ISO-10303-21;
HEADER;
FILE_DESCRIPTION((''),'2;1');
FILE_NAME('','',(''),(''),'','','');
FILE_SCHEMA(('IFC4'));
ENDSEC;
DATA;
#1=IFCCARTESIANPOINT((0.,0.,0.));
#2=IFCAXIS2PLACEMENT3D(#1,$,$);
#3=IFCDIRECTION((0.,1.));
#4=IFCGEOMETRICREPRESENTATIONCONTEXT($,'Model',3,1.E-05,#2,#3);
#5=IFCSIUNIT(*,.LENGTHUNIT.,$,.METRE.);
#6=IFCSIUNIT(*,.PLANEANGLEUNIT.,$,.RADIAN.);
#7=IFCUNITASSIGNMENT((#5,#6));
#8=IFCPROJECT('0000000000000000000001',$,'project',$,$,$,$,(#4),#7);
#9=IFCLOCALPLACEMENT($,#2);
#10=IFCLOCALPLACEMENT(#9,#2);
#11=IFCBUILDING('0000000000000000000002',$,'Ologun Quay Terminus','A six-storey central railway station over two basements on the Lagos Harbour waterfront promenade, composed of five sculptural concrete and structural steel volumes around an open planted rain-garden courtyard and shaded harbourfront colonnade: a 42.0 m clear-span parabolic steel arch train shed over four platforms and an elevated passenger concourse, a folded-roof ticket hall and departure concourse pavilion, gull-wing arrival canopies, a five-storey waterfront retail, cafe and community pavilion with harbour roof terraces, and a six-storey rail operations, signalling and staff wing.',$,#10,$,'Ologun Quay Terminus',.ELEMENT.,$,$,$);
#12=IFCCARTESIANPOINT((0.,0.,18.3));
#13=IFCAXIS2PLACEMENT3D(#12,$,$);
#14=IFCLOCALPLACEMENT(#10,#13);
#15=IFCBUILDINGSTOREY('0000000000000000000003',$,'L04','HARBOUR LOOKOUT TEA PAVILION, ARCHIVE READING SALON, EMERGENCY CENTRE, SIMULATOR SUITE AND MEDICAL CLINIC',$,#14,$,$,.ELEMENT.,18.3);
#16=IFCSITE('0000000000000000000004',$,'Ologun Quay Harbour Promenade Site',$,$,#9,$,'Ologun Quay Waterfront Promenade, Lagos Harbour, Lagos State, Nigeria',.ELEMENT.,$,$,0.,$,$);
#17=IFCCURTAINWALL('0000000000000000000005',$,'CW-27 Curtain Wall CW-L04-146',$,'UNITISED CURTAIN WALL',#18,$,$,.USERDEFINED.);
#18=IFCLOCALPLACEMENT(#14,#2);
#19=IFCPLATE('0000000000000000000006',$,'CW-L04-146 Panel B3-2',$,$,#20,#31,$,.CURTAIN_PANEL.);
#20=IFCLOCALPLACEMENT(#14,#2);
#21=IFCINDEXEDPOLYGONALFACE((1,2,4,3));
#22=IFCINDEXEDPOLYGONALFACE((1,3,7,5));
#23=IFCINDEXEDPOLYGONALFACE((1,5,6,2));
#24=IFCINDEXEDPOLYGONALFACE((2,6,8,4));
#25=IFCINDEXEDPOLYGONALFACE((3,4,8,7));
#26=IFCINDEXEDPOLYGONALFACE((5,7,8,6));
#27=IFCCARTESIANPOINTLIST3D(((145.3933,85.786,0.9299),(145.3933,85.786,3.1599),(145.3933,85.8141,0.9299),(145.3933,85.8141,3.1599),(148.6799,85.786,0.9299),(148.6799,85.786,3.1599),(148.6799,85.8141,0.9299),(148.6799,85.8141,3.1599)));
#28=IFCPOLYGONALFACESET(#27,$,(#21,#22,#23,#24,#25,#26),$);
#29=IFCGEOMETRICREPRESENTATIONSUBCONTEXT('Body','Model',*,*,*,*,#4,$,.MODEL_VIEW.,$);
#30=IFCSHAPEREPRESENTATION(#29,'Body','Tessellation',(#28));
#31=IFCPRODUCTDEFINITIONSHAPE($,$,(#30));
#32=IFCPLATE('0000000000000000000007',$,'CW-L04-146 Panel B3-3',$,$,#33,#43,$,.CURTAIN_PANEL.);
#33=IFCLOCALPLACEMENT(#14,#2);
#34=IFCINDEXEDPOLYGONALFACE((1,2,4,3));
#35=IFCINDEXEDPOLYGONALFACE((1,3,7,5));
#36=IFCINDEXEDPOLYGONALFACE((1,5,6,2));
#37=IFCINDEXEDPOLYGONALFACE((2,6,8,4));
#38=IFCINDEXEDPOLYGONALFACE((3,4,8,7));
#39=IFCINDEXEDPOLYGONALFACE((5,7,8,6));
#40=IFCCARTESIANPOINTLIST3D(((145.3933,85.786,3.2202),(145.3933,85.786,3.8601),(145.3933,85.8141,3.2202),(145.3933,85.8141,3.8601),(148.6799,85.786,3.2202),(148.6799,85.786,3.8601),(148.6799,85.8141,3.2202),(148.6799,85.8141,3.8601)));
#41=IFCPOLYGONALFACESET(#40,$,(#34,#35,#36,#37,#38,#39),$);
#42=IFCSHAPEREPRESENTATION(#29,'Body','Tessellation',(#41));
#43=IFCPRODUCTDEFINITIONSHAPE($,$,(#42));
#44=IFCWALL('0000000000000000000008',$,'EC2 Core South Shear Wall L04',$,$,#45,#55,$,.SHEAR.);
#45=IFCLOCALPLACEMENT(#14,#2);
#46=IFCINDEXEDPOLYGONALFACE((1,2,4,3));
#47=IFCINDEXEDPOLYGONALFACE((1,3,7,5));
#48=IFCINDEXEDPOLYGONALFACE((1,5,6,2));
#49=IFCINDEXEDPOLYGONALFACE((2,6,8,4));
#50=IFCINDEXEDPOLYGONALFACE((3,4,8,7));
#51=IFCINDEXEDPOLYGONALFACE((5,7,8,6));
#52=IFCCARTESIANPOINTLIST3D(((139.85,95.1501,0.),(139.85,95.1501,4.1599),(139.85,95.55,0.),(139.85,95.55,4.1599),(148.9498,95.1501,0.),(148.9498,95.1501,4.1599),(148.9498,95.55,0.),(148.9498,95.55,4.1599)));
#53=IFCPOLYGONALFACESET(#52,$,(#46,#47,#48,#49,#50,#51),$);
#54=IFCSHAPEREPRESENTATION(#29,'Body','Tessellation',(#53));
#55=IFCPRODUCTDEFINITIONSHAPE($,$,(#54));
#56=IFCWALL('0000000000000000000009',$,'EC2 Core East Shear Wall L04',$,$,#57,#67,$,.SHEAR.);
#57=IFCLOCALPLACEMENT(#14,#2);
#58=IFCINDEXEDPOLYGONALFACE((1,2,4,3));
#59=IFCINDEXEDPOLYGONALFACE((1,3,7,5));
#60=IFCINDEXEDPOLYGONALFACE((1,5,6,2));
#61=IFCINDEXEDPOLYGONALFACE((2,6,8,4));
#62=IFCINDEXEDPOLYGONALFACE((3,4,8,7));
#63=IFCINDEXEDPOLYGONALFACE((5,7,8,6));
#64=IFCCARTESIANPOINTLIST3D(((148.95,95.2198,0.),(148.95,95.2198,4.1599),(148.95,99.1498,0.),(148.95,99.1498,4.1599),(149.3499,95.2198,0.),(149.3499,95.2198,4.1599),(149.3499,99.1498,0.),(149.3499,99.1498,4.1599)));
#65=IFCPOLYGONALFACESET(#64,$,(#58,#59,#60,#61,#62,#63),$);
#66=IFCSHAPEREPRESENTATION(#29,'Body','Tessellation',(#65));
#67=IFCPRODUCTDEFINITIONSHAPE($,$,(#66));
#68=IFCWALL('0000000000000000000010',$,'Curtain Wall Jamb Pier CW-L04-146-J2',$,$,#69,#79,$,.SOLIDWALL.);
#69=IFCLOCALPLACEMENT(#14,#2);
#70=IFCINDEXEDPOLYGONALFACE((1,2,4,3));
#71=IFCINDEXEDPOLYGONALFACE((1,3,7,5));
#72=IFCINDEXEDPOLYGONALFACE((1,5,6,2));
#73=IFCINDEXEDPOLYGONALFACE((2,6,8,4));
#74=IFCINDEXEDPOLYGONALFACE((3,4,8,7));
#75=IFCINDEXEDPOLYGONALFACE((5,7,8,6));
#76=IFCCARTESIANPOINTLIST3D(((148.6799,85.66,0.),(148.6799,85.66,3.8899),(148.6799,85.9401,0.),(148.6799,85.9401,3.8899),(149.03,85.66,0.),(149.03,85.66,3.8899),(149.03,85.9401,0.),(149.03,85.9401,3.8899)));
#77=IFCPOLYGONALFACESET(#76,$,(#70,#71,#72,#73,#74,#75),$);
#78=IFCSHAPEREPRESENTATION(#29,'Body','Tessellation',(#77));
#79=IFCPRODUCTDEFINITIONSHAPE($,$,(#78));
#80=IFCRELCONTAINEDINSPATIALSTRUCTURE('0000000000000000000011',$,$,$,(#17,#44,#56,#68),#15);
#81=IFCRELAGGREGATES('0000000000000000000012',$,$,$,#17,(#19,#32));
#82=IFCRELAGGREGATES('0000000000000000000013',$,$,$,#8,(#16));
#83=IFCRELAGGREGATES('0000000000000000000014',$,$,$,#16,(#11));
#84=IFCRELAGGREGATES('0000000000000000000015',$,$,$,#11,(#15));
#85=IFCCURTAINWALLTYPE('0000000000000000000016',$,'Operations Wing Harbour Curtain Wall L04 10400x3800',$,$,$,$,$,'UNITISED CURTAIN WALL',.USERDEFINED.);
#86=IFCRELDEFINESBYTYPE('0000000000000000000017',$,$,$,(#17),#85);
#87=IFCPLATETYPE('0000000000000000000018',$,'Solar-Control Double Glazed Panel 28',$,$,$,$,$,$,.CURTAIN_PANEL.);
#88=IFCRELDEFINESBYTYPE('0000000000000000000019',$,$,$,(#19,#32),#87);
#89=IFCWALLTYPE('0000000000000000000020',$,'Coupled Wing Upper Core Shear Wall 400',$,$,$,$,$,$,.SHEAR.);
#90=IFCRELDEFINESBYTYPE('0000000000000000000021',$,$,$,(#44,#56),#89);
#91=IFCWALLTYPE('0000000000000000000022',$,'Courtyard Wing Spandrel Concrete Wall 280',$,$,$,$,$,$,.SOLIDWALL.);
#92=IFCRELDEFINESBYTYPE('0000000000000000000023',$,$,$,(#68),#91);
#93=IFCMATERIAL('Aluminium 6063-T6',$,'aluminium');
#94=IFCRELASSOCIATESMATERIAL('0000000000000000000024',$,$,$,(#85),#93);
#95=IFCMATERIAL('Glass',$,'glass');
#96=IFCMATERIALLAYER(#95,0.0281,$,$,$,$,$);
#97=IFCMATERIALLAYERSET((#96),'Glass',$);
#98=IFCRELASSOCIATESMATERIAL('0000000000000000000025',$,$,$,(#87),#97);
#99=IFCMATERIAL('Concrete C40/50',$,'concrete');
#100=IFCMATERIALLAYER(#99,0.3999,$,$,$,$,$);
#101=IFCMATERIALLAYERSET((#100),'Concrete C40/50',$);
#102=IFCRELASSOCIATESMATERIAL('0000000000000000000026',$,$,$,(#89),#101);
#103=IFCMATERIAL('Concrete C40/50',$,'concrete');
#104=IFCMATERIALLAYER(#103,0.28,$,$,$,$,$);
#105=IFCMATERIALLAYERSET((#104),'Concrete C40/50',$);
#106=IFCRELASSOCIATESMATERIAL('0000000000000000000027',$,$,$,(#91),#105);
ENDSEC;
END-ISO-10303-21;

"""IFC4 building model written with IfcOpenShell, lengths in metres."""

from ifc_helpers import new_model, si_unit, direction, frame, frame_2d, origin, origin_2d, place, context, subcontext, project, spatial, rectangle, extrude, material, layer, layer_set, type_object, element, aggregate, save


model = new_model("IFC4")

# Units and contexts
model_context = context("Model", 3, precision=1e-05, world=origin(), true_north=direction((0.0, 1.0)))
body_context = subcontext(model_context, "Body", "Model", "MODEL_VIEW")
ifc_project = project(units=[si_unit("LENGTHUNIT", "METRE"), si_unit("PLANEANGLEUNIT", "RADIAN")], contexts=[model_context])

# Site, building, storey
site_placement = place(None, origin())
site = spatial("IfcSite", under=ifc_project, at=site_placement, Name="Ologun Quay Harbour Promenade Site", LongName="Ologun Quay Waterfront Promenade, Lagos Harbour, Lagos State, Nigeria", CompositionType="ELEMENT", RefElevation=0.0)
building_placement = place(site_placement, origin())
building = spatial("IfcBuilding", under=site, at=building_placement, Name="Ologun Quay Terminus", Description="A six-storey central railway station over two basements on the Lagos Harbour waterfront promenade, composed of five sculptural concrete and structural steel volumes around an open planted rain-garden courtyard and shaded harbourfront colonnade: a 42.0 m clear-span parabolic steel arch train shed over four platforms and an elevated passenger concourse, a folded-roof ticket hall and departure concourse pavilion, gull-wing arrival canopies, a five-storey waterfront retail, cafe and community pavilion with harbour roof terraces, and a six-storey rail operations, signalling and staff wing.", LongName="Ologun Quay Terminus", CompositionType="ELEMENT")
storey_placement = place(building_placement, frame((0.0, 0.0, 18.3)))
storey = spatial("IfcBuildingStorey", under=building, at=storey_placement, Name="L04", Description="HARBOUR LOOKOUT TEA PAVILION, ARCHIVE READING SALON, EMERGENCY CENTRE, SIMULATOR SUITE AND MEDICAL CLINIC", CompositionType="ELEMENT", Elevation=18.3)

# Curtain wall
ifc_material_1 = material(Name="Aluminium 6063-T6", Category="aluminium")
curtain_wall_type = type_object("IfcCurtainWallType", Name="Operations Wing Harbour Curtain Wall L04 10400x3800", ElementType="UNITISED CURTAIN WALL", PredefinedType="USERDEFINED", material=ifc_material_1)
curtain_wall_placement = place(storey_placement, origin())
curtain_wall = element("IfcCurtainWall", 1, at=curtain_wall_placement, inside=storey, type_object=curtain_wall_type, Name="CW-27 Curtain Wall CW-L04-146", ObjectType="UNITISED CURTAIN WALL", PredefinedType="USERDEFINED")

# Plates
ifc_material_2 = material(Name="Glass", Category="glass")
ifc_layer_1 = layer(ifc_material_2, 0.0281)
ifc_layer_set_1 = layer_set([ifc_layer_1], Name="Glass")
plate_type_1 = type_object("IfcPlateType", Name="Solar-Control Double Glazed Panel 28", PredefinedType="CURTAIN_PANEL", material=ifc_layer_set_1)
plate_1_placement = place(storey_placement, frame((147.0366, 85.8, 0.9299), z_axis=(0.0, 0.0, 1.0), x_axis=(1.0, 0.0, 0.0)))
plate_1 = element("IfcPlate", 2, at=plate_1_placement, type_object=plate_type_1, Name="CW-L04-146 Panel B3-2", PredefinedType="CURTAIN_PANEL", context=body_context, shape_type="SweptSolid", body=[
    extrude(rectangle(XDim=3.2866, YDim=0.0281, at=origin_2d()), origin(), (0.0, 0.0, 1.0), 2.23),
])
plate_2_placement = place(storey_placement, frame((147.0366, 85.8, 3.2202), z_axis=(0.0, 0.0, 1.0), x_axis=(1.0, 0.0, 0.0)))
plate_2 = element("IfcPlate", 3, at=plate_2_placement, type_object=plate_type_1, Name="CW-L04-146 Panel B3-3", PredefinedType="CURTAIN_PANEL", context=body_context, shape_type="SweptSolid", body=[
    extrude(rectangle(XDim=3.2866, YDim=0.0281, at=origin_2d()), origin(), (0.0, 0.0, 1.0), 0.6399),
])
aggregate(curtain_wall, [plate_1, plate_2])

# Walls
ifc_material_3 = material(Name="Concrete C40/50", Category="concrete")
ifc_layer_2 = layer(ifc_material_3, 0.3999)
ifc_layer_set_2 = layer_set([ifc_layer_2], Name="Concrete C40/50")
wall_type_1 = type_object("IfcWallType", Name="Coupled Wing Upper Core Shear Wall 400", PredefinedType="SHEAR", material=ifc_layer_set_2)
wall_1_placement = place(storey_placement, frame((139.8501, 95.3501, 0.0), z_axis=(0.0, 0.0, 1.0), x_axis=(1.0, 0.0, 0.0)))
element("IfcWall", 4, at=wall_1_placement, inside=storey, type_object=wall_type_1, Name="EC2 Core South Shear Wall L04", PredefinedType="SHEAR", context=body_context, shape_type="SweptSolid", body=[
    extrude(rectangle(XDim=9.0999, YDim=0.3999, at=frame_2d((4.5498, 0.0))), origin(), (0.0, 0.0, 1.0), 4.1599),
])
wall_2_placement = place(storey_placement, frame((149.1499, 95.22, 0.0), z_axis=(0.0, 0.0, 1.0), x_axis=(0.0, 1.0, 0.0)))
element("IfcWall", 5, at=wall_2_placement, inside=storey, type_object=wall_type_1, Name="EC2 Core East Shear Wall L04", PredefinedType="SHEAR", context=body_context, shape_type="SweptSolid", body=[
    extrude(rectangle(XDim=3.9299, YDim=0.3999, at=frame_2d((1.9648, 0.0))), origin(), (0.0, 0.0, 1.0), 4.1599),
])
ifc_material_4 = material(Name="Concrete C40/50", Category="concrete")
ifc_layer_3 = layer(ifc_material_4, 0.28)
ifc_layer_set_3 = layer_set([ifc_layer_3], Name="Concrete C40/50")
wall_type_2 = type_object("IfcWallType", Name="Courtyard Wing Spandrel Concrete Wall 280", PredefinedType="SOLIDWALL", material=ifc_layer_set_3)
wall_3_placement = place(storey_placement, frame((148.6799, 85.8, 0.0), z_axis=(0.0, 0.0, 1.0), x_axis=(1.0, 0.0, 0.0)))
element("IfcWall", 6, at=wall_3_placement, inside=storey, type_object=wall_type_2, Name="Curtain Wall Jamb Pier CW-L04-146-J2", PredefinedType="SOLIDWALL", context=body_context, shape_type="SweptSolid", body=[
    extrude(rectangle(XDim=0.3501, YDim=0.28, at=frame_2d((0.175, 0.0))), origin(), (0.0, 0.0, 1.0), 3.8899),
])

save(model, "model.ifc")
